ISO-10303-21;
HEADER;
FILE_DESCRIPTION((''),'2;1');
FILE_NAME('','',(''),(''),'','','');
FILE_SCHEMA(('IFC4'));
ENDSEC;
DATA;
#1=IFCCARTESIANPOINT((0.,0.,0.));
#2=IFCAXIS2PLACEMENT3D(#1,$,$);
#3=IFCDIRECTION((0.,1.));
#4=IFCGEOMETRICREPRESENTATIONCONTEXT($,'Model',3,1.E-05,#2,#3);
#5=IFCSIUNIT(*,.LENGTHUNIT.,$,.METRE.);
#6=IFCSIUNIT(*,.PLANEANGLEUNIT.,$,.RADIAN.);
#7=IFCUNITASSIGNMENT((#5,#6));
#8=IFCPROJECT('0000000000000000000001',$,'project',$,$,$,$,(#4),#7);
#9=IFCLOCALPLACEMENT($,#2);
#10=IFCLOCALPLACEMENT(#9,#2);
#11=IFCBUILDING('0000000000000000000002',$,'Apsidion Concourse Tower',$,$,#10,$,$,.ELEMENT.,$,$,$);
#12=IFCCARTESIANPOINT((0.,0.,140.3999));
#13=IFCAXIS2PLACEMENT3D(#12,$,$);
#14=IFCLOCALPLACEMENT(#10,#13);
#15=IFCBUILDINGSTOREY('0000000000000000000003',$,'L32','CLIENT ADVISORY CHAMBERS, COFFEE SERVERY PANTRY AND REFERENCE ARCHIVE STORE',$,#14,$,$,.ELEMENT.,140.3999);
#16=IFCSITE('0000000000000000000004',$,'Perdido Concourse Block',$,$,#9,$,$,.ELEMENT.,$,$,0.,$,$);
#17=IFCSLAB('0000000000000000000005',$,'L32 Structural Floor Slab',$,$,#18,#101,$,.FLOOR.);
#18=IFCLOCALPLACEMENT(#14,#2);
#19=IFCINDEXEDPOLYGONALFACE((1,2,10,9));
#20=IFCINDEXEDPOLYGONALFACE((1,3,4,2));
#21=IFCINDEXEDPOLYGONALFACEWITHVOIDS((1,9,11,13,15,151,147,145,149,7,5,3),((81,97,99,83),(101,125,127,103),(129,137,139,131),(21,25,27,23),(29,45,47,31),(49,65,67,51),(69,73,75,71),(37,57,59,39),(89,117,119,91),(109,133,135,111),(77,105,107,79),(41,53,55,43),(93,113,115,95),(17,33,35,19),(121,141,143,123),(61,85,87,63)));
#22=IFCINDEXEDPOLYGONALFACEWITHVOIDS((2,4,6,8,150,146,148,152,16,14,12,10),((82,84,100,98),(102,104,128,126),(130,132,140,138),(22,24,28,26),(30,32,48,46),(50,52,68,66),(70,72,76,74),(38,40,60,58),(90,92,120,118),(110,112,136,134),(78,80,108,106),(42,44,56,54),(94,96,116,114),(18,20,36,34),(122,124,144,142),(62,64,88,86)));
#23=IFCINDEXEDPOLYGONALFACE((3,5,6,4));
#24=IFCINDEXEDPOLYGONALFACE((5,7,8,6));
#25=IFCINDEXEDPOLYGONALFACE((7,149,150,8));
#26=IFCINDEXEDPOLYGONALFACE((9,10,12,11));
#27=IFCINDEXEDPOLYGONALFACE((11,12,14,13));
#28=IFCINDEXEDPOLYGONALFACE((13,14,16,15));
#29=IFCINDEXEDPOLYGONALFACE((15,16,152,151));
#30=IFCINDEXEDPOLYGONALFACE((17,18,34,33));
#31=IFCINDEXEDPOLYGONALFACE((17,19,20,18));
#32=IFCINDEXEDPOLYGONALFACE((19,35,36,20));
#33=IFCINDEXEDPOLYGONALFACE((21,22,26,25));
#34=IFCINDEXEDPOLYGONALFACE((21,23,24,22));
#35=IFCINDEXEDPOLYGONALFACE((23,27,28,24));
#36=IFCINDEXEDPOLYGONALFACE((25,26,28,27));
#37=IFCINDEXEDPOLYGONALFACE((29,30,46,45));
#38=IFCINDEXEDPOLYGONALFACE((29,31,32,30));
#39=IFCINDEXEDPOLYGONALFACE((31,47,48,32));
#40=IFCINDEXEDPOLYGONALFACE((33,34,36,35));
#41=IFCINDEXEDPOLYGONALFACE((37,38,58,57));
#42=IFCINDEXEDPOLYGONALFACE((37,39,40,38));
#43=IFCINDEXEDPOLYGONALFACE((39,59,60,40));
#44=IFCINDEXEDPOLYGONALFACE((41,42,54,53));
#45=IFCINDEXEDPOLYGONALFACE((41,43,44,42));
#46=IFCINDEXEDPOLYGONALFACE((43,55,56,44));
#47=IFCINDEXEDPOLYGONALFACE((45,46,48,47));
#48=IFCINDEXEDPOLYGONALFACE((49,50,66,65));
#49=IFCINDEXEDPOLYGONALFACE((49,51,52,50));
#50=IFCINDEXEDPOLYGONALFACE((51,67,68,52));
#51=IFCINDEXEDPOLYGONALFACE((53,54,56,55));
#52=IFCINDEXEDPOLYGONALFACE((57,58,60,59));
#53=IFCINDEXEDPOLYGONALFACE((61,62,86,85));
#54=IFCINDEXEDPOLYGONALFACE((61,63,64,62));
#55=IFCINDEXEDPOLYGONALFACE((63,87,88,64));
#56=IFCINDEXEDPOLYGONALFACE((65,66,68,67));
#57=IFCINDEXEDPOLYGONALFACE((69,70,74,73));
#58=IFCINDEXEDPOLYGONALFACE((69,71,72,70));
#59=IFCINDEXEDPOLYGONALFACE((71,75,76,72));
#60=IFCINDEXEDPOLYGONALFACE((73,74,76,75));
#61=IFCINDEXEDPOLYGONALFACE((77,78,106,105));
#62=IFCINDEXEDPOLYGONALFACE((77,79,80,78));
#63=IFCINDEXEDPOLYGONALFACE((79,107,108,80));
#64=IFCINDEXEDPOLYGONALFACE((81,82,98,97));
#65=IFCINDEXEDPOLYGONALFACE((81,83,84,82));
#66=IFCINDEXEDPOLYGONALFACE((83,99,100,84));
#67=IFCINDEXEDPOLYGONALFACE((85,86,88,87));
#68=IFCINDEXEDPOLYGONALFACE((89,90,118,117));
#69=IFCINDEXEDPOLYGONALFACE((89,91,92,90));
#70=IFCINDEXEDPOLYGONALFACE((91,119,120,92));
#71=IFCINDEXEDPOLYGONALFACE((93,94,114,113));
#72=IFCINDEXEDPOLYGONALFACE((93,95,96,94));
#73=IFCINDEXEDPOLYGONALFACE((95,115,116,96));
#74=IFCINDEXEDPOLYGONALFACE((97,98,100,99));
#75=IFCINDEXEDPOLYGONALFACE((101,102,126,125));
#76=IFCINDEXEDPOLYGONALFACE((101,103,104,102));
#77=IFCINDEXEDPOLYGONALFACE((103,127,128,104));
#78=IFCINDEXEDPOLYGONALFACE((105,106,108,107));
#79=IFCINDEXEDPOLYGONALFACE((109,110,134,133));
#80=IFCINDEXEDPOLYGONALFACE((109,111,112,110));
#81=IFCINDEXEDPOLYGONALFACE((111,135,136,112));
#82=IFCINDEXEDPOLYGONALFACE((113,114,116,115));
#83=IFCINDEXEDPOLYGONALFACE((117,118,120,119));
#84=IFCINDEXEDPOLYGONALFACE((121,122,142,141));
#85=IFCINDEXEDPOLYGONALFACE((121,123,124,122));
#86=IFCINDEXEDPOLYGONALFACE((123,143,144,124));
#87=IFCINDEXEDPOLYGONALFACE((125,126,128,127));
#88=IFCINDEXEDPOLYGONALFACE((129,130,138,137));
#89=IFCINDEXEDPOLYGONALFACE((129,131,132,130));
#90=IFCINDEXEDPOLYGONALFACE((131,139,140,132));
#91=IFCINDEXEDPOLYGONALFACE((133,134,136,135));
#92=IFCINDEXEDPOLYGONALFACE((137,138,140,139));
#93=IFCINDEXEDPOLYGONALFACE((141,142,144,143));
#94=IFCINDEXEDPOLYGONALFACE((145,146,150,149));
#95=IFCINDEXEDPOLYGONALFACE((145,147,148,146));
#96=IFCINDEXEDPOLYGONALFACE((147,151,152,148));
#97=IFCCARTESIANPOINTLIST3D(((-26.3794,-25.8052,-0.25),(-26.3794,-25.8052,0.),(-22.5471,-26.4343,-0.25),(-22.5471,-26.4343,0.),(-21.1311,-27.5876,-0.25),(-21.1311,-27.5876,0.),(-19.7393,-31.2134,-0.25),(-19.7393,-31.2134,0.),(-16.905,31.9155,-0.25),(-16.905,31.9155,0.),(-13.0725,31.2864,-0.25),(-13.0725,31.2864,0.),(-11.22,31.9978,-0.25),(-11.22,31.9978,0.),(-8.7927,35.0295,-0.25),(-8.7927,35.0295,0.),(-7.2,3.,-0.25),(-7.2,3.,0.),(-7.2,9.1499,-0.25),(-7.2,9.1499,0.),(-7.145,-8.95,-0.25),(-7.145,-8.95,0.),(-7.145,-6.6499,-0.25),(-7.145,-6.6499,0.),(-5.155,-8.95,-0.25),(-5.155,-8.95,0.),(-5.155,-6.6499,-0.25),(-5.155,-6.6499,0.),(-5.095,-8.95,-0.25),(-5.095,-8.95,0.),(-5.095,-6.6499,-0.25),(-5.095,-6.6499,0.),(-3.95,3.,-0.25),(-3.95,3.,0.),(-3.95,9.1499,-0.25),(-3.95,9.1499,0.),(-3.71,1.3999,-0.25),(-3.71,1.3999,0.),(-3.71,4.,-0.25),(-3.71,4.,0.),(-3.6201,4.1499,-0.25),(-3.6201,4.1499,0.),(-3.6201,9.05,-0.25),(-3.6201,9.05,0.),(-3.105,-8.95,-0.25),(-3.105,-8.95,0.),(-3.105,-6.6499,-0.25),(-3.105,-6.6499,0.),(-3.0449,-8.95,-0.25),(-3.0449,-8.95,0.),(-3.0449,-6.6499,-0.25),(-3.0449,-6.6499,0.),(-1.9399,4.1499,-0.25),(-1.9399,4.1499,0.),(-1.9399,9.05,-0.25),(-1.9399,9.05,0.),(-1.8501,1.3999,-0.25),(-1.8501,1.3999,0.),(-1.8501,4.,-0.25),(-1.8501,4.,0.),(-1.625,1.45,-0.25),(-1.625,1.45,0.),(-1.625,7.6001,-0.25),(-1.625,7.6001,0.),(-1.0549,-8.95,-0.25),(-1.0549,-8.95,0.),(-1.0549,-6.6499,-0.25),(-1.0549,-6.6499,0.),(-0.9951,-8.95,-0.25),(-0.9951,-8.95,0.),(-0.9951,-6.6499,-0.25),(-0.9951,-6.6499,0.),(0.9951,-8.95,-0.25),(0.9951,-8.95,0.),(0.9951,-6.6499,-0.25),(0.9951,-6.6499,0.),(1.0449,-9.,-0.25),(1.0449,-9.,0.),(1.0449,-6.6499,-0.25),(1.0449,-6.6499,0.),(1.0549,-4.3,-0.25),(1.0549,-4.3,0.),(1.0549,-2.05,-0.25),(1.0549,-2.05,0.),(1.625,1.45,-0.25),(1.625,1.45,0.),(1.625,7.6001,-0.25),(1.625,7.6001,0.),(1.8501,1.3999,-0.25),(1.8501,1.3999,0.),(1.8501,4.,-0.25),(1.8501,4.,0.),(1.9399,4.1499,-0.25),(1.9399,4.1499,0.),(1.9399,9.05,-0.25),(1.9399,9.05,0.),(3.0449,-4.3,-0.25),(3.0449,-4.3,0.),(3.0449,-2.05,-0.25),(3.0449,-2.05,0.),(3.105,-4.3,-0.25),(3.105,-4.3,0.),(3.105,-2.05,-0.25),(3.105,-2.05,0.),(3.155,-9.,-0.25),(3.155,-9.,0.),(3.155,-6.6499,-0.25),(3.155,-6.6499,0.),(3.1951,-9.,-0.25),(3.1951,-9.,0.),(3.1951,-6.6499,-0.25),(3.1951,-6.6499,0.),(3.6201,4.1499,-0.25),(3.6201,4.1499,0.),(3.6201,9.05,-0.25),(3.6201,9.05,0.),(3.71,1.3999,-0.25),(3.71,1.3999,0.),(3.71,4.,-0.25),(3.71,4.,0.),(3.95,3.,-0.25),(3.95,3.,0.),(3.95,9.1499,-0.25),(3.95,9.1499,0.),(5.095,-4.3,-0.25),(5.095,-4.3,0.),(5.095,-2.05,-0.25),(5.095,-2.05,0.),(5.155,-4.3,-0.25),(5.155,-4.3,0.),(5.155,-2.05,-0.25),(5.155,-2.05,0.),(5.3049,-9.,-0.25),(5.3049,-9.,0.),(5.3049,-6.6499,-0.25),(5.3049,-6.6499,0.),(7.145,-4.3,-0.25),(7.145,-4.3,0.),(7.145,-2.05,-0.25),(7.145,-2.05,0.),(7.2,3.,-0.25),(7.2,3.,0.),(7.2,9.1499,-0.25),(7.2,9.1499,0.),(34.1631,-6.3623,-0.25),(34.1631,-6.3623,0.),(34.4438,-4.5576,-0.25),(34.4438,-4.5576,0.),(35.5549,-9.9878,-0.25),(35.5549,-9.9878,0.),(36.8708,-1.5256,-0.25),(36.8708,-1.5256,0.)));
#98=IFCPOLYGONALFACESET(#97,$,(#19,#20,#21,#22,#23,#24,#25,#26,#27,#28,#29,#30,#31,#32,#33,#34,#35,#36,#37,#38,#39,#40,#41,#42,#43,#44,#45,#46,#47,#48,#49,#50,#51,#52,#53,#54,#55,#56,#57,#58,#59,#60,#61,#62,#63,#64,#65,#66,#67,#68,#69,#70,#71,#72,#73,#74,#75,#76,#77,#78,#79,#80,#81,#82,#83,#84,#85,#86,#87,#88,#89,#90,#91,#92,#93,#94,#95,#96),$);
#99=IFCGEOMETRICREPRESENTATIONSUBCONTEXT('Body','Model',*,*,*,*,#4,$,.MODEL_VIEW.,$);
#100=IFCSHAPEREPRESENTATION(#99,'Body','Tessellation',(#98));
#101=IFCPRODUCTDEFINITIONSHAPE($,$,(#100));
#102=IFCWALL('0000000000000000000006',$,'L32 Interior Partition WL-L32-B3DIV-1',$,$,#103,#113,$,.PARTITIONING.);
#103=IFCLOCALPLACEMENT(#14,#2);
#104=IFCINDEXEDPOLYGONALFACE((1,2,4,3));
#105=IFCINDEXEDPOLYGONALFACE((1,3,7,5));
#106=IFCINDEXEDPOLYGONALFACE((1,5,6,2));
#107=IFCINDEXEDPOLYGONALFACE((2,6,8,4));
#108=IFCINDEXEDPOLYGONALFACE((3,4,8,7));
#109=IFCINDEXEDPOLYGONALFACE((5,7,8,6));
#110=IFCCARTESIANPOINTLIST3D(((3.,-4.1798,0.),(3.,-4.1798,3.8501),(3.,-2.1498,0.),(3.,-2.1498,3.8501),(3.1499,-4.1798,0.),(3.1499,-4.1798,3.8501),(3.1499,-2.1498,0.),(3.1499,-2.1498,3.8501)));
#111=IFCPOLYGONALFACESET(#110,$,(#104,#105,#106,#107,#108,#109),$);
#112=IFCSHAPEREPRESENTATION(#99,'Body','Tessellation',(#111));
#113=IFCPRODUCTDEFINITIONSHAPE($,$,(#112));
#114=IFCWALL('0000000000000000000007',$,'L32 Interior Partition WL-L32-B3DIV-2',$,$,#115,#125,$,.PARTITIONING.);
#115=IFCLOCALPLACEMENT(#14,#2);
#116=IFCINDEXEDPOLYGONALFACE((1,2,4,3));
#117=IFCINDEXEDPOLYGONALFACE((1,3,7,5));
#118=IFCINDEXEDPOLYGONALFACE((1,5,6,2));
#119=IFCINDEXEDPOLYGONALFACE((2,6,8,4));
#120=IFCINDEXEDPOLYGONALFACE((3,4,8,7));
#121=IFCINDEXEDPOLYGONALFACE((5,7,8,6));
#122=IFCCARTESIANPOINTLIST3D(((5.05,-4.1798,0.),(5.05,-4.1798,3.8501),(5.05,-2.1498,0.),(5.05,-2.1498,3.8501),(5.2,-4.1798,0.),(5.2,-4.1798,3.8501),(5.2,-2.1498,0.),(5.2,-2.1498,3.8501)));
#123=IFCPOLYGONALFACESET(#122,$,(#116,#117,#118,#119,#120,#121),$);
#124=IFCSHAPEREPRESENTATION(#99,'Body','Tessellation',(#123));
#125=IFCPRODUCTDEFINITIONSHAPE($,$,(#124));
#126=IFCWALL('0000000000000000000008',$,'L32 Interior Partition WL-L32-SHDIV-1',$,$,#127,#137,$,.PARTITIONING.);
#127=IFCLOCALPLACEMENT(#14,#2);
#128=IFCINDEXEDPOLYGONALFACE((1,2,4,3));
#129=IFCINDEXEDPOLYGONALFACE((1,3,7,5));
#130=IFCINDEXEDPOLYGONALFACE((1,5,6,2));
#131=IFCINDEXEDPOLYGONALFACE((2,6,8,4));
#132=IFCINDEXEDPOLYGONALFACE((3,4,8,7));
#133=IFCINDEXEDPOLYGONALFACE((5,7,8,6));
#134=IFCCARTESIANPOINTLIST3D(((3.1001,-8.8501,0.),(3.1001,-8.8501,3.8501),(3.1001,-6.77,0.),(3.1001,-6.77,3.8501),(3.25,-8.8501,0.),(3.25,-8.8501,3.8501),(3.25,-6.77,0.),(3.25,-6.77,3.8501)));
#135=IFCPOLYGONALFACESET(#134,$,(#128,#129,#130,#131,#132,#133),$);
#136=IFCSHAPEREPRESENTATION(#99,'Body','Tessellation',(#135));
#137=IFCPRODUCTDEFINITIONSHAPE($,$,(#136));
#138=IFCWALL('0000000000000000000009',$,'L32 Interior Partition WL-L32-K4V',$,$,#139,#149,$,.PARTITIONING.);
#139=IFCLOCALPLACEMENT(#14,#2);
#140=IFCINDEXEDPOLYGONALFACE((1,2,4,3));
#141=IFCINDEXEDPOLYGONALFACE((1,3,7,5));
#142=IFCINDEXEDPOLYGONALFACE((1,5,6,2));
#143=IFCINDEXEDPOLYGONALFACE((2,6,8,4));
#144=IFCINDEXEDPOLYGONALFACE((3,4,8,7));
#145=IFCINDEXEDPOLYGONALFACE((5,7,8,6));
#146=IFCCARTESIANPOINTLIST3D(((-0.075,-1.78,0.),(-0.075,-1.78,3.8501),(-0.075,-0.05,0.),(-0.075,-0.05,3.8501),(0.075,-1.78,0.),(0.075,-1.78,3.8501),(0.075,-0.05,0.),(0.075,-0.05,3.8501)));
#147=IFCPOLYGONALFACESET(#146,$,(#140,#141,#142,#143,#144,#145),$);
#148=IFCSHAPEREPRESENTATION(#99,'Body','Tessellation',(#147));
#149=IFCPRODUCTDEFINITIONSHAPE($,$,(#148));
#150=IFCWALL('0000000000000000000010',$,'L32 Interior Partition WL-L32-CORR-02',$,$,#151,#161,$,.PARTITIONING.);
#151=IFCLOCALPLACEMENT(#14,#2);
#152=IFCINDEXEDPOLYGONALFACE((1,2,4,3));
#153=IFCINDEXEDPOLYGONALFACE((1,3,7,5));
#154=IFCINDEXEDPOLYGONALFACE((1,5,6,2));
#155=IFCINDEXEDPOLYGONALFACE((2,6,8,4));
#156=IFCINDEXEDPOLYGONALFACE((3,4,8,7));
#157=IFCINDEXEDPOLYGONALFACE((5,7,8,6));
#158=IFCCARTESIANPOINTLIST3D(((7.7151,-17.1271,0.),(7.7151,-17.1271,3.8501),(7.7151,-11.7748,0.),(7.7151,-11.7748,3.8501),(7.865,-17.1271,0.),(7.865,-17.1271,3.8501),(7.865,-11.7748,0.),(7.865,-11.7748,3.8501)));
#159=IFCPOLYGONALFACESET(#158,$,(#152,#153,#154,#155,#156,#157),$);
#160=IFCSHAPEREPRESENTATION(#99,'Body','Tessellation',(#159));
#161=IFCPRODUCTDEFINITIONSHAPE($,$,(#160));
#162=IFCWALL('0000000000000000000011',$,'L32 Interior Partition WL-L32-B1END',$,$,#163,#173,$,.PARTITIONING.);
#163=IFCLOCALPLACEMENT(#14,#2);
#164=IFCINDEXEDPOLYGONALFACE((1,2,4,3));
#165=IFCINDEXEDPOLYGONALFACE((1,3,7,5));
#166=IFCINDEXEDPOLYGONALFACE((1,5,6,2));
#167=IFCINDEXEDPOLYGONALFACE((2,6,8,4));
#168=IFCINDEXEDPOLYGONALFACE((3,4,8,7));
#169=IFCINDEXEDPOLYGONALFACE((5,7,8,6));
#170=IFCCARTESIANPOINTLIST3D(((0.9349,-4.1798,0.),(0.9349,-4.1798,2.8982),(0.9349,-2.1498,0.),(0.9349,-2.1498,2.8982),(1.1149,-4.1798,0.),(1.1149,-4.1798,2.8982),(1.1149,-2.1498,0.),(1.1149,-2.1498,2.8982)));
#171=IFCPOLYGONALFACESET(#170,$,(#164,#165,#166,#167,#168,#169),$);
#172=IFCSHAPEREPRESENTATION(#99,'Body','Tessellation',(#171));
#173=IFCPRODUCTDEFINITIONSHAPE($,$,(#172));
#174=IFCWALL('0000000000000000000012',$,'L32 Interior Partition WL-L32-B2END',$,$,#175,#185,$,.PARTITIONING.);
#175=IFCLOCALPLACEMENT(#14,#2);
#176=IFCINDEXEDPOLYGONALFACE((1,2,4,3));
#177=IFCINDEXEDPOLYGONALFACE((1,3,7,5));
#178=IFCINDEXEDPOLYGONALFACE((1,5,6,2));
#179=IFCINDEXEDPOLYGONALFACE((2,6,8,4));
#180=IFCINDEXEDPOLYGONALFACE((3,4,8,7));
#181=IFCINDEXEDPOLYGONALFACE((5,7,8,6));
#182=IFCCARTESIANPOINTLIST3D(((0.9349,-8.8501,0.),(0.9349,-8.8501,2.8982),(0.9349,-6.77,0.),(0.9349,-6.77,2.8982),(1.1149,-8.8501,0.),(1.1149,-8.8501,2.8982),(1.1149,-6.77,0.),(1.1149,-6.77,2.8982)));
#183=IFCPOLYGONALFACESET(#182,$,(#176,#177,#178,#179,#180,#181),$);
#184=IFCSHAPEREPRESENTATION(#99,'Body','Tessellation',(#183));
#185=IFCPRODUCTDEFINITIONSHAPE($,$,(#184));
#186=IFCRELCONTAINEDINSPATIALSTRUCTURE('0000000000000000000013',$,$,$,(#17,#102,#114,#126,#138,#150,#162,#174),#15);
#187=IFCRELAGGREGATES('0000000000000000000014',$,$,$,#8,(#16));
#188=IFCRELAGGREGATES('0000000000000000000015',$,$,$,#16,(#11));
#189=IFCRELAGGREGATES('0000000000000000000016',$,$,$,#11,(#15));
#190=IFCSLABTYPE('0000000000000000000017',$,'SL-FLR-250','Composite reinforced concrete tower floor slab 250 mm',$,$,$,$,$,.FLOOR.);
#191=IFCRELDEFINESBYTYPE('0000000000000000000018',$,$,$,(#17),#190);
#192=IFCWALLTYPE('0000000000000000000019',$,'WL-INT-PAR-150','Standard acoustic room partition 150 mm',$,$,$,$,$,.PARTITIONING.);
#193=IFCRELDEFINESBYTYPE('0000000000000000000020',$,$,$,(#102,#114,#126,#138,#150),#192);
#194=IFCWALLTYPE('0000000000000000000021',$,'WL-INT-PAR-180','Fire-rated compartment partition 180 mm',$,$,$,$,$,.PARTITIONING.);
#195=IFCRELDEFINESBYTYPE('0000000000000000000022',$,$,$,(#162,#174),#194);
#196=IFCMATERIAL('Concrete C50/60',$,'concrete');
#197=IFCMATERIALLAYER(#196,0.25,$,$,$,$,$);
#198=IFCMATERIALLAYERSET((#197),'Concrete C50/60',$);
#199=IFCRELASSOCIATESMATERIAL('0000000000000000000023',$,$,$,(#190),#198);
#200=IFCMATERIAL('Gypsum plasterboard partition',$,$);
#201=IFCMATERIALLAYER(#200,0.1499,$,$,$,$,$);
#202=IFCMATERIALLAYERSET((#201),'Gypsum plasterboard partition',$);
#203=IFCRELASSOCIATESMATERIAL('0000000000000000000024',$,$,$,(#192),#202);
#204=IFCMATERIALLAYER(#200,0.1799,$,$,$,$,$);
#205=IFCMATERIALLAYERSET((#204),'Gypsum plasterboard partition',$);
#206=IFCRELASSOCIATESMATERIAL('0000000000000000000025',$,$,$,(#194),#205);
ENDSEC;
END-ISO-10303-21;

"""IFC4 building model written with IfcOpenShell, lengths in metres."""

from ifc_helpers import new_model, si_unit, direction, frame, frame_2d, origin, place, context, subcontext, project, spatial, polyline, rectangle, outline, extrude, material, layer, layer_set, type_object, element, save


model = new_model("IFC4")

# Units and contexts
model_context = context("Model", 3, precision=1e-05, world=origin(), true_north=direction((0.0, 1.0)))
body_context = subcontext(model_context, "Body", "Model", "MODEL_VIEW")
ifc_project = project(units=[si_unit("LENGTHUNIT", "METRE"), si_unit("PLANEANGLEUNIT", "RADIAN")], contexts=[model_context])

# Site, building, storey
site_placement = place(None, origin())
site = spatial("IfcSite", under=ifc_project, at=site_placement, Name="Perdido Concourse Block", CompositionType="ELEMENT", RefElevation=0.0)
building_placement = place(site_placement, origin())
building = spatial("IfcBuilding", under=site, at=building_placement, Name="Apsidion Concourse Tower", CompositionType="ELEMENT")
storey_placement = place(building_placement, frame((0.0, 0.0, 140.3999)))
storey = spatial("IfcBuildingStorey", under=building, at=storey_placement, Name="L32", Description="CLIENT ADVISORY CHAMBERS, COFFEE SERVERY PANTRY AND REFERENCE ARCHIVE STORE", CompositionType="ELEMENT", Elevation=140.3999)

# Shared definitions
ifc_material_1 = material(Name="Concrete C50/60", Category="concrete")

# Slab
ifc_layer_1 = layer(ifc_material_1, 0.25)
ifc_layer_set_1 = layer_set([ifc_layer_1], Name="Concrete C50/60")
slab_type_1 = type_object("IfcSlabType", Name="SL-FLR-250", Description="Composite reinforced concrete tower floor slab 250 mm", PredefinedType="FLOOR", material=ifc_layer_set_1)
slab_1_placement = place(storey_placement, frame((0.0, 0.0, -0.25)))
element("IfcSlab", 1, at=slab_1_placement, inside=storey, type_object=slab_type_1, Name="L32 Structural Floor Slab", PredefinedType="FLOOR", context=body_context, shape_type="SweptSolid", body=[
    extrude(outline(polyline([(-8.7927, 35.0295), (-11.22, 31.9978), (-13.0725, 31.2864), (-16.905, 31.9155), (-26.3794, -25.8052), (-22.5471, -26.4343), (-21.1311, -27.5876), (-19.7393, -31.2134), (35.5549, -9.9878), (34.1631, -6.3623), (34.4438, -4.5576), (36.8708, -1.5256), (-8.7927, 35.0295)]), holes=[polyline([(-3.95, 3.0), (-3.95, 9.1499), (-7.2, 9.1499), (-7.2, 3.0), (-3.95, 3.0)]), polyline([(7.2, 3.0), (7.2, 9.1499), (3.95, 9.1499), (3.95, 3.0), (7.2, 3.0)]), polyline([(-1.625, 7.6001), (-1.625, 1.45), (1.625, 1.45), (1.625, 7.6001), (-1.625, 7.6001)]), polyline([(1.0549, -4.3), (3.0449, -4.3), (3.0449, -2.05), (1.0549, -2.05), (1.0549, -4.3)]), polyline([(3.105, -4.3), (5.095, -4.3), (5.095, -2.05), (3.105, -2.05), (3.105, -4.3)]), polyline([(5.155, -4.3), (7.145, -4.3), (7.145, -2.05), (5.155, -2.05), (5.155, -4.3)]), polyline([(-7.145, -8.95), (-5.155, -8.95), (-5.155, -6.6499), (-7.145, -6.6499), (-7.145, -8.95)]), polyline([(-5.095, -8.95), (-3.105, -8.95), (-3.105, -6.6499), (-5.095, -6.6499), (-5.095, -8.95)]), polyline([(-3.0449, -8.95), (-1.0549, -8.95), (-1.0549, -6.6499), (-3.0449, -6.6499), (-3.0449, -8.95)]), polyline([(-0.9951, -8.95), (0.9951, -8.95), (0.9951, -6.6499), (-0.9951, -6.6499), (-0.9951, -8.95)]), polyline([(1.0449, -9.0), (3.155, -9.0), (3.155, -6.6499), (1.0449, -6.6499), (1.0449, -9.0)]), polyline([(3.1951, -9.0), (5.3049, -9.0), (5.3049, -6.6499), (3.1951, -6.6499), (3.1951, -9.0)]), polyline([(-3.71, 1.3999), (-1.8501, 1.3999), (-1.8501, 4.0), (-3.71, 4.0), (-3.71, 1.3999)]), polyline([(1.8501, 1.3999), (3.71, 1.3999), (3.71, 4.0), (1.8501, 4.0), (1.8501, 1.3999)]), polyline([(-3.6201, 4.1499), (-1.9399, 4.1499), (-1.9399, 9.05), (-3.6201, 9.05), (-3.6201, 4.1499)]), polyline([(1.9399, 4.1499), (3.6201, 4.1499), (3.6201, 9.05), (1.9399, 9.05), (1.9399, 4.1499)])]), origin(), (0.0, 0.0, 1.0), 0.25),
])

# Walls
ifc_material_2 = material(Name="Gypsum plasterboard partition")
ifc_layer_2 = layer(ifc_material_2, 0.1499)
ifc_layer_set_2 = layer_set([ifc_layer_2], Name="Gypsum plasterboard partition")
wall_type_1 = type_object("IfcWallType", Name="WL-INT-PAR-150", Description="Standard acoustic room partition 150 mm", PredefinedType="PARTITIONING", material=ifc_layer_set_2)
for number, where, z_axis, x_axis, name in (
    (2, (3.075, -4.1799, 0.0), (0.0, 0.0, 1.0), (0.0, 1.0, 0.0), "L32 Interior Partition WL-L32-B3DIV-1"),
    (3, (5.125, -4.1799, 0.0), (0.0, 0.0, 1.0), (0.0, 1.0, 0.0), "L32 Interior Partition WL-L32-B3DIV-2"),
):
    element("IfcWall", number, at=place(storey_placement, frame(where, z_axis=z_axis, x_axis=x_axis)), inside=storey, type_object=wall_type_1, Name=name, PredefinedType="PARTITIONING", context=body_context, shape_type="SweptSolid", body=[
        extrude(rectangle(XDim=2.03, YDim=0.1499, at=frame_2d((1.0151, 0.0))), origin(), (0.0, 0.0, 1.0), 3.8501),
    ])
wall_1_placement = place(storey_placement, frame((3.175, -8.8501, 0.0), z_axis=(0.0, 0.0, 1.0), x_axis=(0.0, 1.0, 0.0)))
element("IfcWall", 4, at=wall_1_placement, inside=storey, type_object=wall_type_1, Name="L32 Interior Partition WL-L32-SHDIV-1", PredefinedType="PARTITIONING", context=body_context, shape_type="SweptSolid", body=[
    extrude(rectangle(XDim=2.0801, YDim=0.1499, at=frame_2d((1.04, 0.0))), origin(), (0.0, 0.0, 1.0), 3.8501),
])
wall_2_placement = place(storey_placement, frame((0.0, -1.78, 0.0), z_axis=(0.0, 0.0, 1.0), x_axis=(0.0, 1.0, 0.0)))
element("IfcWall", 5, at=wall_2_placement, inside=storey, type_object=wall_type_1, Name="L32 Interior Partition WL-L32-K4V", PredefinedType="PARTITIONING", context=body_context, shape_type="SweptSolid", body=[
    extrude(rectangle(XDim=1.73, YDim=0.1499, at=frame_2d((0.865, 0.0))), origin(), (0.0, 0.0, 1.0), 3.8501),
])
wall_3_placement = place(storey_placement, frame((7.79, -17.1272, 0.0), z_axis=(0.0, 0.0, 1.0), x_axis=(0.0, 1.0, 0.0)))
element("IfcWall", 6, at=wall_3_placement, inside=storey, type_object=wall_type_1, Name="L32 Interior Partition WL-L32-CORR-02", PredefinedType="PARTITIONING", context=body_context, shape_type="SweptSolid", body=[
    extrude(rectangle(XDim=5.3523, YDim=0.1499, at=frame_2d((2.6763, 0.0))), origin(), (0.0, 0.0, 1.0), 3.8501),
])
ifc_layer_3 = layer(ifc_material_2, 0.1799)
ifc_layer_set_3 = layer_set([ifc_layer_3], Name="Gypsum plasterboard partition")
wall_type_2 = type_object("IfcWallType", Name="WL-INT-PAR-180", Description="Fire-rated compartment partition 180 mm", PredefinedType="PARTITIONING", material=ifc_layer_set_3)
wall_4_placement = place(storey_placement, frame((1.0249, -4.1799, 0.0), z_axis=(0.0, 0.0, 1.0), x_axis=(0.0, 1.0, 0.0)))
element("IfcWall", 7, at=wall_4_placement, inside=storey, type_object=wall_type_2, Name="L32 Interior Partition WL-L32-B1END", PredefinedType="PARTITIONING", context=body_context, shape_type="SweptSolid", body=[
    extrude(rectangle(XDim=2.03, YDim=0.1799, at=frame_2d((1.0151, 0.0))), origin(), (0.0, 0.0, 1.0), 2.8982),
])
wall_5_placement = place(storey_placement, frame((1.0249, -8.8501, 0.0), z_axis=(0.0, 0.0, 1.0), x_axis=(0.0, 1.0, 0.0)))
element("IfcWall", 8, at=wall_5_placement, inside=storey, type_object=wall_type_2, Name="L32 Interior Partition WL-L32-B2END", PredefinedType="PARTITIONING", context=body_context, shape_type="SweptSolid", body=[
    extrude(rectangle(XDim=2.0801, YDim=0.1799, at=frame_2d((1.04, 0.0))), origin(), (0.0, 0.0, 1.0), 2.8982),
])

save(model, "model.ifc")
